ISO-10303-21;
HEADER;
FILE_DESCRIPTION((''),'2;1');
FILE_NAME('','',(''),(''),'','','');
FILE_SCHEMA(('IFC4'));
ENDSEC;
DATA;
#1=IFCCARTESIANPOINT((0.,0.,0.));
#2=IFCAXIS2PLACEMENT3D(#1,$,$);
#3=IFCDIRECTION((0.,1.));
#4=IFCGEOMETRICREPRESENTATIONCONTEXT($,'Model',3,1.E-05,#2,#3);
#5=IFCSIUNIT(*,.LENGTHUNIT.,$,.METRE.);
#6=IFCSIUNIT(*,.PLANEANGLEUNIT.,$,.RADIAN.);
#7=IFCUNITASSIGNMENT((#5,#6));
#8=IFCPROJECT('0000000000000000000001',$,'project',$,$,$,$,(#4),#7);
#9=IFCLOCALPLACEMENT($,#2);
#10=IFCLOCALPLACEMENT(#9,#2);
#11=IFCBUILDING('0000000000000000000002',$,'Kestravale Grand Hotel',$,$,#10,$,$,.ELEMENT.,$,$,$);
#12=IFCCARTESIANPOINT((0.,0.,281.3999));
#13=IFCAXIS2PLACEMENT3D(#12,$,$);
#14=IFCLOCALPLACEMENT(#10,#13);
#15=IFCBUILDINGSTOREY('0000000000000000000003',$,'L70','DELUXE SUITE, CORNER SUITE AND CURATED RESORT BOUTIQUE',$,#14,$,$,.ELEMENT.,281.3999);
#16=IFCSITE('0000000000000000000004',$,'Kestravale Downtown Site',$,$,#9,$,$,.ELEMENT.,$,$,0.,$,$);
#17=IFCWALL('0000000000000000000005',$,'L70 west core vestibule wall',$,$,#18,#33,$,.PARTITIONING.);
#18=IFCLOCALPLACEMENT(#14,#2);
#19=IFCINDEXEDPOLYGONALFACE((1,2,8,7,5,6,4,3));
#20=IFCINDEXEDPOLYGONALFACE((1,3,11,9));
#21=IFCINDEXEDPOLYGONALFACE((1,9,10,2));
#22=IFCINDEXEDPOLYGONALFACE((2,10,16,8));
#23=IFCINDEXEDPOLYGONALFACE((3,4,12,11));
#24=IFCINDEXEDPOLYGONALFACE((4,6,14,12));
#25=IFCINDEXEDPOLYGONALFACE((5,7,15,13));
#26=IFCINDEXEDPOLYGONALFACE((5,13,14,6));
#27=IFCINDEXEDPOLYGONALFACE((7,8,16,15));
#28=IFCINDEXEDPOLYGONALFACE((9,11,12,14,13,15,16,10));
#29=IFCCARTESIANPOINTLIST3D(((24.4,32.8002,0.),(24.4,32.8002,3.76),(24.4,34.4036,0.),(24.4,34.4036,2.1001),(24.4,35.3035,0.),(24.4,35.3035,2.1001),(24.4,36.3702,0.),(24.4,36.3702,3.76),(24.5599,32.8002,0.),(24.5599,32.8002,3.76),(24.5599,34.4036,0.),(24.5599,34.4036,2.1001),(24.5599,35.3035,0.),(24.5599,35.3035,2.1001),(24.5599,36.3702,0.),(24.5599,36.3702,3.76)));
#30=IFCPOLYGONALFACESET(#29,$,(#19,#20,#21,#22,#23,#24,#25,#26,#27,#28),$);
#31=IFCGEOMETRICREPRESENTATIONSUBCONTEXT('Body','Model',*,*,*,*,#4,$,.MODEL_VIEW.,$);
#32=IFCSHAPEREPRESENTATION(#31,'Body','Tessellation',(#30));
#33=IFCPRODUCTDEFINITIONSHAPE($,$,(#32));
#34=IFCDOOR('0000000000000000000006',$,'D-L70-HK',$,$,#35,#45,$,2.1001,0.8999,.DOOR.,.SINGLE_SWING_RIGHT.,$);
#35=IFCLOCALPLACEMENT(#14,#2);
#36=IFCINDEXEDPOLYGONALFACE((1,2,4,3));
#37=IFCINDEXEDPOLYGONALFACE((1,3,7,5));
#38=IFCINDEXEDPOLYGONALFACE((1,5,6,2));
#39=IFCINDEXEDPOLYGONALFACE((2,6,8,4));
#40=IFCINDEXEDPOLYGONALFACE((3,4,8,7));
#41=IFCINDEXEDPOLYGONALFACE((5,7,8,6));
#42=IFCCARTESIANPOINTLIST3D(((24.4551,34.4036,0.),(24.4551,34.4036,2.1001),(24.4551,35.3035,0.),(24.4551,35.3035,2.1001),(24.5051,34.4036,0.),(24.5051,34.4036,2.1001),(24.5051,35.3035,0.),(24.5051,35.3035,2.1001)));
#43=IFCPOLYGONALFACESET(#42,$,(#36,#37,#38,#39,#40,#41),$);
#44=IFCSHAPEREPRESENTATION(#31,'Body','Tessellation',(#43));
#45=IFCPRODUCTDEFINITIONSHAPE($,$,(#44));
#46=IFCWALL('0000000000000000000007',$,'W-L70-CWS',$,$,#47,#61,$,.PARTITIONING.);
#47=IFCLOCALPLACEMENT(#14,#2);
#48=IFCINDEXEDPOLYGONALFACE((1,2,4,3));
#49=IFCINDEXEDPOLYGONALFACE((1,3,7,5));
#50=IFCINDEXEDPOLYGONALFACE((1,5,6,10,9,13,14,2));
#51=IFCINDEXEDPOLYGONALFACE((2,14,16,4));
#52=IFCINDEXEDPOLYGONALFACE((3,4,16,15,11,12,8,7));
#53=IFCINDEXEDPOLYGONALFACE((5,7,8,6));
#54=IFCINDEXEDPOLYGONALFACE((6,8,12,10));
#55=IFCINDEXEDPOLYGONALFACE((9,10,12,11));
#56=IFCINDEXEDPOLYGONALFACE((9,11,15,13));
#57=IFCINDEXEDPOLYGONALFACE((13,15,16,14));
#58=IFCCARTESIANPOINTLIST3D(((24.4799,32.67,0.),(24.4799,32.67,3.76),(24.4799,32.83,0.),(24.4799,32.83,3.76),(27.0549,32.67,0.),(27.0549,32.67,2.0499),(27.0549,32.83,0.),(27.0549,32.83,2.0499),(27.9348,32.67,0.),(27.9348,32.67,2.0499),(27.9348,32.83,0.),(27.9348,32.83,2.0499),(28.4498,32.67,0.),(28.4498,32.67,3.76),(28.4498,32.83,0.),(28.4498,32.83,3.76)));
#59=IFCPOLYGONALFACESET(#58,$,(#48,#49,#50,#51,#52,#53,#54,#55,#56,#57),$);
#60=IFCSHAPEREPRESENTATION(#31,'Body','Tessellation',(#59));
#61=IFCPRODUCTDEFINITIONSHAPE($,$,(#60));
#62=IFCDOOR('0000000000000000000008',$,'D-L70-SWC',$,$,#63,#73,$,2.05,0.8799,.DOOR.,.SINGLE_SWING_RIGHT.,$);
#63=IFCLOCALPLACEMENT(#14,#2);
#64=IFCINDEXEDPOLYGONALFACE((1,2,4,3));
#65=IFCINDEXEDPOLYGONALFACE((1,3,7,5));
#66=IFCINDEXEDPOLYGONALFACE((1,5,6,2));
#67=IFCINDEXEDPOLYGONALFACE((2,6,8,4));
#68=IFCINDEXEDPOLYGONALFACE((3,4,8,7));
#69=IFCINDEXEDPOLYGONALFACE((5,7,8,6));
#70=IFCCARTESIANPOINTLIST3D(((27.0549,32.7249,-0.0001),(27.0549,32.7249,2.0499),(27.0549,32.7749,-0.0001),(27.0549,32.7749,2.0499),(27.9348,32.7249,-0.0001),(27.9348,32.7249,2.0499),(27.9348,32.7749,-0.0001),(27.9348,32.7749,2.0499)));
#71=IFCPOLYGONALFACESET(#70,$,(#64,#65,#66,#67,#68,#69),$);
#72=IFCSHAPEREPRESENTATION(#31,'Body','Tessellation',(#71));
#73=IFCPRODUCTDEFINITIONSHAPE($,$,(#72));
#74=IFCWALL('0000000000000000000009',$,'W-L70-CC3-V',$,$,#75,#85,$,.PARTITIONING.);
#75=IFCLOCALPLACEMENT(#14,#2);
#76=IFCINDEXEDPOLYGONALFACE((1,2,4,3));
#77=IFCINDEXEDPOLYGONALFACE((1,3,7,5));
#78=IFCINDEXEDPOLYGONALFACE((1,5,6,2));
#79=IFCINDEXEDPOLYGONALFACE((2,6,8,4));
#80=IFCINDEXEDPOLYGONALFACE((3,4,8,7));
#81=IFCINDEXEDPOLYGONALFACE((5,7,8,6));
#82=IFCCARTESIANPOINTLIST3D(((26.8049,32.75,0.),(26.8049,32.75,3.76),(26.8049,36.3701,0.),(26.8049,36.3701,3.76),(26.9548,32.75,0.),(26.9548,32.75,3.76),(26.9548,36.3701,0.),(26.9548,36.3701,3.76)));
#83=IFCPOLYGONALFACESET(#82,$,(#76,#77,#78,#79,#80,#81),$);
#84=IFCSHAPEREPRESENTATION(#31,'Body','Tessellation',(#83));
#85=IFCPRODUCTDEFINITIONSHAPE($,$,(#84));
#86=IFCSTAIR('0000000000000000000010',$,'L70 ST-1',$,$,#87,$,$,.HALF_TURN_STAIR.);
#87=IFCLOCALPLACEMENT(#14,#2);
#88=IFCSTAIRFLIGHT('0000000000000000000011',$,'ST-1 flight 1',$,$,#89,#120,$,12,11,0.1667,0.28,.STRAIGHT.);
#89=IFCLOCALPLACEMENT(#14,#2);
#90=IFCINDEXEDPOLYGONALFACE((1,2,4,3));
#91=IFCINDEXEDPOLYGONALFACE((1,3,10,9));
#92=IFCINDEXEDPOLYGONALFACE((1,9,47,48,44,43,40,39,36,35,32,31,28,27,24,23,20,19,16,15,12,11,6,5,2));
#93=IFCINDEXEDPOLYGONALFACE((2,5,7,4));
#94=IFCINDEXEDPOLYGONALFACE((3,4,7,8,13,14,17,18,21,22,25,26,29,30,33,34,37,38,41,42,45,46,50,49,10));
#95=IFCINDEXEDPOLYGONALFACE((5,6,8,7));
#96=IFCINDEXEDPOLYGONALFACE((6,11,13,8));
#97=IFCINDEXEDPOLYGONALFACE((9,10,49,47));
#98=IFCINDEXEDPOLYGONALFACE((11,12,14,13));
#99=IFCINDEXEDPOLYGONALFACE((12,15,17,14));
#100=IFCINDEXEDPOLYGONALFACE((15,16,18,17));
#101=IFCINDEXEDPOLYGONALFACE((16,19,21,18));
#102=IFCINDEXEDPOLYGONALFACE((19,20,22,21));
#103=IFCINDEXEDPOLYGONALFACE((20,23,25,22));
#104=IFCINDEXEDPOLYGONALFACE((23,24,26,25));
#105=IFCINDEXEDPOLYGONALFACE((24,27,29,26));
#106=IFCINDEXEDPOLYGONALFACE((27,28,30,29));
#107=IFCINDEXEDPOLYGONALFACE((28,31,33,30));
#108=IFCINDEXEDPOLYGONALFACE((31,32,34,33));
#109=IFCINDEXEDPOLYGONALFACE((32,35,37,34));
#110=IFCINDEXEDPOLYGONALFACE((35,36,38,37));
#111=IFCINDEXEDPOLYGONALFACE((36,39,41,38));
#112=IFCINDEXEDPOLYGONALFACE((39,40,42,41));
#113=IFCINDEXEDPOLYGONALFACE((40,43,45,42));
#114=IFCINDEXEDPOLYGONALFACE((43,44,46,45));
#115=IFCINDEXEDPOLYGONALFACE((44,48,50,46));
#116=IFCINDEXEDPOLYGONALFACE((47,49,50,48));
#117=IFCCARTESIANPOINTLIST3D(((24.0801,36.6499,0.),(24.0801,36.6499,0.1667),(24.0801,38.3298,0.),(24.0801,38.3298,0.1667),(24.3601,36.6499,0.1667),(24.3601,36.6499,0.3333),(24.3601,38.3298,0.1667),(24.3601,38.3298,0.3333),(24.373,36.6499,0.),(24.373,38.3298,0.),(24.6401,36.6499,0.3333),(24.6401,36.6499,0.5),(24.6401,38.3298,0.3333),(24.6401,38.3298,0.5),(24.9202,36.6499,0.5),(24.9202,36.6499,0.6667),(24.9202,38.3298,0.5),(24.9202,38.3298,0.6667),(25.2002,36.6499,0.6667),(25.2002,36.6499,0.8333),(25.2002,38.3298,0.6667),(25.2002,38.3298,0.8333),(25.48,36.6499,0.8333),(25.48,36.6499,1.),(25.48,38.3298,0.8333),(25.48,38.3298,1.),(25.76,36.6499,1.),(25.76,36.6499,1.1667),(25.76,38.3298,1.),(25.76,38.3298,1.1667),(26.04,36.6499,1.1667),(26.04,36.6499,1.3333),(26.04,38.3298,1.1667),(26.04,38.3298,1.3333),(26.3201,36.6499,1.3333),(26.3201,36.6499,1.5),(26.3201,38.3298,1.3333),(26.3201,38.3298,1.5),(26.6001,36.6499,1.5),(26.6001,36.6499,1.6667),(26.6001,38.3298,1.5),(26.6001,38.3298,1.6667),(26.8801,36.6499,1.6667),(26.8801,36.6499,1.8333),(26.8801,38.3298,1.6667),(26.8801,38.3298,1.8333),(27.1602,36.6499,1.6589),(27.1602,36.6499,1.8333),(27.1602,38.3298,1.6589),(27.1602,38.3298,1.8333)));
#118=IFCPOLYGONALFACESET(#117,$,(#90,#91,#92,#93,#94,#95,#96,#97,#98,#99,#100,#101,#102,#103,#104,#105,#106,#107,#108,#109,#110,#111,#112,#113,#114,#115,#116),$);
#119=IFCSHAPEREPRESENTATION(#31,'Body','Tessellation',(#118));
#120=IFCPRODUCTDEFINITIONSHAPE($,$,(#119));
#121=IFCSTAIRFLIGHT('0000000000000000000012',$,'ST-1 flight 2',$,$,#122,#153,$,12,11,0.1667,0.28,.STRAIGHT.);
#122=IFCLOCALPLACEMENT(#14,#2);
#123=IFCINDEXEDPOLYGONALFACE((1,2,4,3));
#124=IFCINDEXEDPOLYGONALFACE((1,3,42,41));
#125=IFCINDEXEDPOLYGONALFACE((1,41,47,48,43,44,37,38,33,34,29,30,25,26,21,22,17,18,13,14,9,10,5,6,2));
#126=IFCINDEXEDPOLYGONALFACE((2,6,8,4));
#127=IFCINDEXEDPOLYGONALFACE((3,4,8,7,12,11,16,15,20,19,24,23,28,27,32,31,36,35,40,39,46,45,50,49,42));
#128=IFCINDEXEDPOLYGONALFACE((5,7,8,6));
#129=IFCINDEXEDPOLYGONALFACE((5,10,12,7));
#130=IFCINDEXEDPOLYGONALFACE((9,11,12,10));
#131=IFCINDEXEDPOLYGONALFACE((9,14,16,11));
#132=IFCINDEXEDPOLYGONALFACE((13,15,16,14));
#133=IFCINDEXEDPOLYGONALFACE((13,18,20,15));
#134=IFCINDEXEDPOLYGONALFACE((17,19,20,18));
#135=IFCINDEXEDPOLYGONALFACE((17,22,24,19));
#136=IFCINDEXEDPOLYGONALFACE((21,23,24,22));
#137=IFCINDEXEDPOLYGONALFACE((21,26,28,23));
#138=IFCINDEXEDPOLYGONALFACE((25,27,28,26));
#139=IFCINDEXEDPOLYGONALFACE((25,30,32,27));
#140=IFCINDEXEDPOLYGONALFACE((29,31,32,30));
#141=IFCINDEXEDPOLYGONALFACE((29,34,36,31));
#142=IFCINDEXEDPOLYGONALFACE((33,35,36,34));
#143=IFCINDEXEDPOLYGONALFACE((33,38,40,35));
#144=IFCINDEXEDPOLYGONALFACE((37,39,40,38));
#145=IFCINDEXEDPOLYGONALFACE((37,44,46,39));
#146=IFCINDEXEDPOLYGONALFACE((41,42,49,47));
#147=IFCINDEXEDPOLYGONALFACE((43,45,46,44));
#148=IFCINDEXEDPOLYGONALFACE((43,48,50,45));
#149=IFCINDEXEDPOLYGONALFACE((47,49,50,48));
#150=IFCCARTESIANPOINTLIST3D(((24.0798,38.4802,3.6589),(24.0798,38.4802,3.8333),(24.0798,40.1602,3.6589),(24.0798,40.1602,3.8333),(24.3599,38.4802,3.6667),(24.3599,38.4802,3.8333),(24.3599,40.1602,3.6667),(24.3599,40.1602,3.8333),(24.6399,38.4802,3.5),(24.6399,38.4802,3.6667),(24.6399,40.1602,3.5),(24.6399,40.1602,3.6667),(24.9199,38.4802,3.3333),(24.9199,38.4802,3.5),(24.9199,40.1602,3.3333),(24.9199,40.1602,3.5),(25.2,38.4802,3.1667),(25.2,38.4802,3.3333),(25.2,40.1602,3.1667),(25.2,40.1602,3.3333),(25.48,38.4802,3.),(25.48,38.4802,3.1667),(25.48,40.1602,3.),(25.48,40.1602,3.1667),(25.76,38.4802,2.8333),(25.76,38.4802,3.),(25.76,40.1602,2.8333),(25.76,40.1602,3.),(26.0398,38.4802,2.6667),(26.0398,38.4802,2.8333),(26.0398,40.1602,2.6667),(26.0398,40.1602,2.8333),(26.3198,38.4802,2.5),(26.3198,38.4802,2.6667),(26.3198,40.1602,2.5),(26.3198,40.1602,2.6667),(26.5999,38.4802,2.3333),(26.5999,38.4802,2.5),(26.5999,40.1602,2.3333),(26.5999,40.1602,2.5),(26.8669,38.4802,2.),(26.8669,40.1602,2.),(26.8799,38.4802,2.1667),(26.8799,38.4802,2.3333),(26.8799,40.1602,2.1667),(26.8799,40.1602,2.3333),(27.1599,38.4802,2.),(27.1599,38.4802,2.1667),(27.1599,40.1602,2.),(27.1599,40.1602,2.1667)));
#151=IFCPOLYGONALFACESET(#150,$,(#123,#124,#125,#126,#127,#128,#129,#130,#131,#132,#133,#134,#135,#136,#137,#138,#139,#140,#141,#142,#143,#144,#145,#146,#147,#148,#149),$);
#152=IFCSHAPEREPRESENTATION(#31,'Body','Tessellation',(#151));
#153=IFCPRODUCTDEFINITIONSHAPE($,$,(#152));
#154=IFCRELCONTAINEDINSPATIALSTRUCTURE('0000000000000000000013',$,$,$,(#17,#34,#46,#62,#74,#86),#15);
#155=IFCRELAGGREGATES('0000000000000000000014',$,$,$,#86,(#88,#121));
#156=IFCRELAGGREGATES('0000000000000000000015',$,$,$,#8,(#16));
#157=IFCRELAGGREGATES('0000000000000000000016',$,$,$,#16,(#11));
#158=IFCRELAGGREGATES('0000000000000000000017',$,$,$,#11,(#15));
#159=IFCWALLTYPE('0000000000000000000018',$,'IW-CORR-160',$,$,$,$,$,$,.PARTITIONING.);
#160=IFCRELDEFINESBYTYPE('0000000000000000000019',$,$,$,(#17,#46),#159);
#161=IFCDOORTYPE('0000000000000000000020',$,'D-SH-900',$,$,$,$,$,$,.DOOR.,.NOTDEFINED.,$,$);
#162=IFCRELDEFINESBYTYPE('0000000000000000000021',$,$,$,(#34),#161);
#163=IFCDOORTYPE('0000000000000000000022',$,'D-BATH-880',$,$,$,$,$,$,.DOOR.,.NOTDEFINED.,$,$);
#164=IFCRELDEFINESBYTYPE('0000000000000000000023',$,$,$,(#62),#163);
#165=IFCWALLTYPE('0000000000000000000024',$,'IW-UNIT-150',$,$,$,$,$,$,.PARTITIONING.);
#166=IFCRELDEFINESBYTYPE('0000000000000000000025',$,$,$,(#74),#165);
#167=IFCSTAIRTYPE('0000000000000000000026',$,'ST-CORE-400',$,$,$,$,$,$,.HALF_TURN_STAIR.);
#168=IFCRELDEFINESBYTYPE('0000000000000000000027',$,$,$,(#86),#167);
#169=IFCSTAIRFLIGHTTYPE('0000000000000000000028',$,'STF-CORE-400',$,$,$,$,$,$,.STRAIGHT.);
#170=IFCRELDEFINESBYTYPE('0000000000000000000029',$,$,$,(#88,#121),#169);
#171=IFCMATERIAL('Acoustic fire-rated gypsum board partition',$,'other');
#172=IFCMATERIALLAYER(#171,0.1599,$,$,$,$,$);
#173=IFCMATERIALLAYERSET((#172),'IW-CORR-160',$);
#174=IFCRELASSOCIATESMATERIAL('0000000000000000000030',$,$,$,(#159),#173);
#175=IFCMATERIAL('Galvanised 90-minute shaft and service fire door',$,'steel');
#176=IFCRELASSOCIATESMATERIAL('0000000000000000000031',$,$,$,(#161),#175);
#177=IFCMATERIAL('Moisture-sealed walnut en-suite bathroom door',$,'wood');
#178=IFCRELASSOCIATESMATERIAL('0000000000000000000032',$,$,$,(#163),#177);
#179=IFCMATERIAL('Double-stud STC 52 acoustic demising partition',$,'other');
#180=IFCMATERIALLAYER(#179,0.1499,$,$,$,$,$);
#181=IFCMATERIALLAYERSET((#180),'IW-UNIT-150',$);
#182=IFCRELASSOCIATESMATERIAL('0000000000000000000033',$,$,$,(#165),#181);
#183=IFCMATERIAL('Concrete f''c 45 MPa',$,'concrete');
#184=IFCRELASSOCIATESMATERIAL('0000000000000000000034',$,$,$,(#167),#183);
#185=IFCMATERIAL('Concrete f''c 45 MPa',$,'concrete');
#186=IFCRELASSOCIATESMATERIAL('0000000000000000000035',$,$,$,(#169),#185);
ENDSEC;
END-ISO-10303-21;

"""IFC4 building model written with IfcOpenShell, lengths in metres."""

from ifc_helpers import new_model, si_unit, direction, frame, frame_2d, origin, place, context, subcontext, project, spatial, polyline, rectangle, outline, extrude, material, layer, layer_set, type_object, element, fill, aggregate, save


model = new_model("IFC4")

# Units and contexts
model_context = context("Model", 3, precision=1e-05, world=origin(), true_north=direction((0.0, 1.0)))
body_context = subcontext(model_context, "Body", "Model", "MODEL_VIEW")
ifc_project = project(units=[si_unit("LENGTHUNIT", "METRE"), si_unit("PLANEANGLEUNIT", "RADIAN")], contexts=[model_context])

# Site, building, storey
site_placement = place(None, origin())
site = spatial("IfcSite", under=ifc_project, at=site_placement, Name="Kestravale Downtown Site", CompositionType="ELEMENT", RefElevation=0.0)
building_placement = place(site_placement, origin())
building = spatial("IfcBuilding", under=site, at=building_placement, Name="Kestravale Grand Hotel", CompositionType="ELEMENT")
storey_placement = place(building_placement, frame((0.0, 0.0, 281.3999)))
storey = spatial("IfcBuildingStorey", under=building, at=storey_placement, Name="L70", Description="DELUXE SUITE, CORNER SUITE AND CURATED RESORT BOUTIQUE", CompositionType="ELEMENT", Elevation=281.3999)

# Walls, openings, doors
ifc_material_1 = material(Name="Acoustic fire-rated gypsum board partition", Category="other")
ifc_layer_1 = layer(ifc_material_1, 0.1599)
ifc_layer_set_1 = layer_set([ifc_layer_1], Name="IW-CORR-160")
wall_type_1 = type_object("IfcWallType", Name="IW-CORR-160", PredefinedType="PARTITIONING", material=ifc_layer_set_1)
wall_1_placement = place(storey_placement, frame((24.48, 32.8, 0.0), z_axis=(0.0, 0.0, 1.0), x_axis=(0.0, 1.0, 0.0)))
wall_1 = element("IfcWall", 1, at=wall_1_placement, inside=storey, type_object=wall_type_1, Name="L70 west core vestibule wall", PredefinedType="PARTITIONING", context=body_context, shape_type="SweptSolid", body=[
    extrude(rectangle(XDim=3.5701, YDim=0.1599, at=frame_2d((1.7852, 0.0))), origin(), (0.0, 0.0, 1.0), 3.76),
])
opening_1_placement = place(wall_1_placement, frame((1.6035, 0.0, 0.0)))
opening_1 = element("IfcOpeningElement", 2, at=opening_1_placement, cuts=wall_1, PredefinedType="OPENING", context=body_context, shape_type="SweptSolid", body=[
    extrude(rectangle(XDim=0.8999, YDim=2.1001, at=frame_2d((0.45, 1.05))), frame((0.0, 0.0898, 0.0), z_axis=(0.0, -1.0, 0.0), x_axis=(1.0, 0.0, 0.0)), (0.0, 0.0, 1.0), 0.1799),
])
ifc_material_2 = material(Name="Galvanised 90-minute shaft and service fire door", Category="steel")
door_type_1 = type_object("IfcDoorType", Name="D-SH-900", OperationType="NOTDEFINED", PredefinedType="DOOR", material=ifc_material_2)
door_1_placement = place(opening_1_placement, origin())
door_1 = element("IfcDoor", 3, at=door_1_placement, inside=storey, type_object=door_type_1, Name="D-L70-HK", OperationType="SINGLE_SWING_RIGHT", OverallHeight=2.1001, OverallWidth=0.8999, PredefinedType="DOOR", context=body_context, shape_type="SweptSolid", body=[
    extrude(rectangle(XDim=0.8999, YDim=2.1001, at=frame_2d((0.45, 1.05))), frame((0.0, 0.0249, 0.0), z_axis=(0.0, -1.0, 0.0), x_axis=(1.0, 0.0, 0.0)), (0.0, 0.0, 1.0), 0.05),
])
fill(opening_1, door_1)
wall_2_placement = place(storey_placement, frame((24.48, 32.75, 0.0), z_axis=(0.0, 0.0, 1.0), x_axis=(1.0, 0.0, 0.0)))
wall_2 = element("IfcWall", 4, at=wall_2_placement, inside=storey, type_object=wall_type_1, Name="W-L70-CWS", PredefinedType="PARTITIONING", context=body_context, shape_type="SweptSolid", body=[
    extrude(rectangle(XDim=3.97, YDim=0.1599, at=frame_2d((1.9849, 0.0))), origin(), (0.0, 0.0, 1.0), 3.76),
])
opening_2_placement = place(wall_2_placement, frame((2.575, 0.0, 0.0)))
opening_2 = element("IfcOpeningElement", 5, at=opening_2_placement, cuts=wall_2, PredefinedType="OPENING", context=body_context, shape_type="SweptSolid", body=[
    extrude(rectangle(XDim=0.8799, YDim=2.05, at=frame_2d((0.4399, 1.0249))), frame((0.0, 0.0898, 0.0), z_axis=(0.0, -1.0, 0.0), x_axis=(1.0, 0.0, 0.0)), (0.0, 0.0, 1.0), 0.1799),
])
ifc_material_3 = material(Name="Moisture-sealed walnut en-suite bathroom door", Category="wood")
door_type_2 = type_object("IfcDoorType", Name="D-BATH-880", OperationType="NOTDEFINED", PredefinedType="DOOR", material=ifc_material_3)
door_2_placement = place(opening_2_placement, origin())
door_2 = element("IfcDoor", 6, at=door_2_placement, inside=storey, type_object=door_type_2, Name="D-L70-SWC", OperationType="SINGLE_SWING_RIGHT", OverallHeight=2.05, OverallWidth=0.8799, PredefinedType="DOOR", context=body_context, shape_type="SweptSolid", body=[
    extrude(rectangle(XDim=0.8799, YDim=2.05, at=frame_2d((0.4399, 1.0249))), frame((0.0, 0.0249, 0.0), z_axis=(0.0, -1.0, 0.0), x_axis=(1.0, 0.0, 0.0)), (0.0, 0.0, 1.0), 0.05),
])
fill(opening_2, door_2)

# Wall
ifc_material_4 = material(Name="Double-stud STC 52 acoustic demising partition", Category="other")
ifc_layer_2 = layer(ifc_material_4, 0.1499)
ifc_layer_set_2 = layer_set([ifc_layer_2], Name="IW-UNIT-150")
wall_type_2 = type_object("IfcWallType", Name="IW-UNIT-150", PredefinedType="PARTITIONING", material=ifc_layer_set_2)
wall_3_placement = place(storey_placement, frame((26.8799, 32.75, 0.0), z_axis=(0.0, 0.0, 1.0), x_axis=(0.0, 1.0, 0.0)))
element("IfcWall", 7, at=wall_3_placement, inside=storey, type_object=wall_type_2, Name="W-L70-CC3-V", PredefinedType="PARTITIONING", context=body_context, shape_type="SweptSolid", body=[
    extrude(rectangle(XDim=3.6201, YDim=0.1499, at=frame_2d((1.8101, 0.0))), origin(), (0.0, 0.0, 1.0), 3.76),
])

# Stair, stair flights
ifc_material_5 = material(Name="Concrete f'c 45 MPa", Category="concrete")
stair_type = type_object("IfcStairType", Name="ST-CORE-400", PredefinedType="HALF_TURN_STAIR", material=ifc_material_5)
stair_placement = place(storey_placement, origin())
stair = element("IfcStair", 8, at=stair_placement, inside=storey, type_object=stair_type, Name="L70 ST-1", PredefinedType="HALF_TURN_STAIR")
ifc_material_6 = material(Name="Concrete f'c 45 MPa", Category="concrete")
stair_flight_type = type_object("IfcStairFlightType", Name="STF-CORE-400", PredefinedType="STRAIGHT", material=ifc_material_6)
stair_flight_1_placement = place(storey_placement, frame((24.0801, 37.49, 0.0), z_axis=(0.0, 0.0, 1.0), x_axis=(1.0, 0.0, 0.0)))
stair_flight_1 = element("IfcStairFlight", 9, at=stair_flight_1_placement, type_object=stair_flight_type, Name="ST-1 flight 1", NumberOfRisers=12, NumberOfTreads=11, PredefinedType="STRAIGHT", RiserHeight=0.1667, TreadLength=0.28, context=body_context, shape_type="SweptSolid", body=[
    extrude(outline(polyline([(0.0, 0.0), (0.0, 0.1667), (0.28, 0.1667), (0.28, 0.3333), (0.5601, 0.3333), (0.5601, 0.5), (0.8401, 0.5), (0.8401, 0.6667), (1.1201, 0.6667), (1.1201, 0.8333), (1.3999, 0.8333), (1.3999, 1.0), (1.6799, 1.0), (1.6799, 1.1667), (1.96, 1.1667), (1.96, 1.3333), (2.24, 1.3333), (2.24, 1.5), (2.52, 1.5), (2.52, 1.6667), (2.8, 1.6667), (2.8, 1.8333), (3.0801, 1.8333), (3.0801, 2.0), (3.0801, 1.6589), (0.293, 0.0), (0.0, 0.0)])), frame((0.0, 0.8398, 0.0), z_axis=(0.0, -1.0, 0.0), x_axis=(1.0, 0.0, 0.0)), (0.0, 0.0, 1.0), 1.6799),
])
stair_flight_2_placement = place(storey_placement, frame((27.1599, 39.3201, 2.0), z_axis=(0.0, 0.0, 1.0), x_axis=(-1.0, 0.0, 0.0)))
stair_flight_2 = element("IfcStairFlight", 10, at=stair_flight_2_placement, type_object=stair_flight_type, Name="ST-1 flight 2", NumberOfRisers=12, NumberOfTreads=11, PredefinedType="STRAIGHT", RiserHeight=0.1667, TreadLength=0.28, context=body_context, shape_type="SweptSolid", body=[
    extrude(outline(polyline([(0.0, 0.0), (0.0, 0.1667), (0.28, 0.1667), (0.28, 0.3333), (0.5601, 0.3333), (0.5601, 0.5), (0.8401, 0.5), (0.8401, 0.6667), (1.1201, 0.6667), (1.1201, 0.8333), (1.3999, 0.8333), (1.3999, 1.0), (1.6799, 1.0), (1.6799, 1.1667), (1.96, 1.1667), (1.96, 1.3333), (2.24, 1.3333), (2.24, 1.5), (2.52, 1.5), (2.52, 1.6667), (2.8, 1.6667), (2.8, 1.8333), (3.0801, 1.8333), (3.0801, 2.0), (3.0801, 1.6589), (0.293, 0.0), (0.0, 0.0)])), frame((0.0, 0.8398, 0.0), z_axis=(0.0, -1.0, 0.0), x_axis=(1.0, 0.0, 0.0)), (0.0, 0.0, 1.0), 1.6799),
])
aggregate(stair, [stair_flight_1, stair_flight_2])

save(model, "model.ifc")
